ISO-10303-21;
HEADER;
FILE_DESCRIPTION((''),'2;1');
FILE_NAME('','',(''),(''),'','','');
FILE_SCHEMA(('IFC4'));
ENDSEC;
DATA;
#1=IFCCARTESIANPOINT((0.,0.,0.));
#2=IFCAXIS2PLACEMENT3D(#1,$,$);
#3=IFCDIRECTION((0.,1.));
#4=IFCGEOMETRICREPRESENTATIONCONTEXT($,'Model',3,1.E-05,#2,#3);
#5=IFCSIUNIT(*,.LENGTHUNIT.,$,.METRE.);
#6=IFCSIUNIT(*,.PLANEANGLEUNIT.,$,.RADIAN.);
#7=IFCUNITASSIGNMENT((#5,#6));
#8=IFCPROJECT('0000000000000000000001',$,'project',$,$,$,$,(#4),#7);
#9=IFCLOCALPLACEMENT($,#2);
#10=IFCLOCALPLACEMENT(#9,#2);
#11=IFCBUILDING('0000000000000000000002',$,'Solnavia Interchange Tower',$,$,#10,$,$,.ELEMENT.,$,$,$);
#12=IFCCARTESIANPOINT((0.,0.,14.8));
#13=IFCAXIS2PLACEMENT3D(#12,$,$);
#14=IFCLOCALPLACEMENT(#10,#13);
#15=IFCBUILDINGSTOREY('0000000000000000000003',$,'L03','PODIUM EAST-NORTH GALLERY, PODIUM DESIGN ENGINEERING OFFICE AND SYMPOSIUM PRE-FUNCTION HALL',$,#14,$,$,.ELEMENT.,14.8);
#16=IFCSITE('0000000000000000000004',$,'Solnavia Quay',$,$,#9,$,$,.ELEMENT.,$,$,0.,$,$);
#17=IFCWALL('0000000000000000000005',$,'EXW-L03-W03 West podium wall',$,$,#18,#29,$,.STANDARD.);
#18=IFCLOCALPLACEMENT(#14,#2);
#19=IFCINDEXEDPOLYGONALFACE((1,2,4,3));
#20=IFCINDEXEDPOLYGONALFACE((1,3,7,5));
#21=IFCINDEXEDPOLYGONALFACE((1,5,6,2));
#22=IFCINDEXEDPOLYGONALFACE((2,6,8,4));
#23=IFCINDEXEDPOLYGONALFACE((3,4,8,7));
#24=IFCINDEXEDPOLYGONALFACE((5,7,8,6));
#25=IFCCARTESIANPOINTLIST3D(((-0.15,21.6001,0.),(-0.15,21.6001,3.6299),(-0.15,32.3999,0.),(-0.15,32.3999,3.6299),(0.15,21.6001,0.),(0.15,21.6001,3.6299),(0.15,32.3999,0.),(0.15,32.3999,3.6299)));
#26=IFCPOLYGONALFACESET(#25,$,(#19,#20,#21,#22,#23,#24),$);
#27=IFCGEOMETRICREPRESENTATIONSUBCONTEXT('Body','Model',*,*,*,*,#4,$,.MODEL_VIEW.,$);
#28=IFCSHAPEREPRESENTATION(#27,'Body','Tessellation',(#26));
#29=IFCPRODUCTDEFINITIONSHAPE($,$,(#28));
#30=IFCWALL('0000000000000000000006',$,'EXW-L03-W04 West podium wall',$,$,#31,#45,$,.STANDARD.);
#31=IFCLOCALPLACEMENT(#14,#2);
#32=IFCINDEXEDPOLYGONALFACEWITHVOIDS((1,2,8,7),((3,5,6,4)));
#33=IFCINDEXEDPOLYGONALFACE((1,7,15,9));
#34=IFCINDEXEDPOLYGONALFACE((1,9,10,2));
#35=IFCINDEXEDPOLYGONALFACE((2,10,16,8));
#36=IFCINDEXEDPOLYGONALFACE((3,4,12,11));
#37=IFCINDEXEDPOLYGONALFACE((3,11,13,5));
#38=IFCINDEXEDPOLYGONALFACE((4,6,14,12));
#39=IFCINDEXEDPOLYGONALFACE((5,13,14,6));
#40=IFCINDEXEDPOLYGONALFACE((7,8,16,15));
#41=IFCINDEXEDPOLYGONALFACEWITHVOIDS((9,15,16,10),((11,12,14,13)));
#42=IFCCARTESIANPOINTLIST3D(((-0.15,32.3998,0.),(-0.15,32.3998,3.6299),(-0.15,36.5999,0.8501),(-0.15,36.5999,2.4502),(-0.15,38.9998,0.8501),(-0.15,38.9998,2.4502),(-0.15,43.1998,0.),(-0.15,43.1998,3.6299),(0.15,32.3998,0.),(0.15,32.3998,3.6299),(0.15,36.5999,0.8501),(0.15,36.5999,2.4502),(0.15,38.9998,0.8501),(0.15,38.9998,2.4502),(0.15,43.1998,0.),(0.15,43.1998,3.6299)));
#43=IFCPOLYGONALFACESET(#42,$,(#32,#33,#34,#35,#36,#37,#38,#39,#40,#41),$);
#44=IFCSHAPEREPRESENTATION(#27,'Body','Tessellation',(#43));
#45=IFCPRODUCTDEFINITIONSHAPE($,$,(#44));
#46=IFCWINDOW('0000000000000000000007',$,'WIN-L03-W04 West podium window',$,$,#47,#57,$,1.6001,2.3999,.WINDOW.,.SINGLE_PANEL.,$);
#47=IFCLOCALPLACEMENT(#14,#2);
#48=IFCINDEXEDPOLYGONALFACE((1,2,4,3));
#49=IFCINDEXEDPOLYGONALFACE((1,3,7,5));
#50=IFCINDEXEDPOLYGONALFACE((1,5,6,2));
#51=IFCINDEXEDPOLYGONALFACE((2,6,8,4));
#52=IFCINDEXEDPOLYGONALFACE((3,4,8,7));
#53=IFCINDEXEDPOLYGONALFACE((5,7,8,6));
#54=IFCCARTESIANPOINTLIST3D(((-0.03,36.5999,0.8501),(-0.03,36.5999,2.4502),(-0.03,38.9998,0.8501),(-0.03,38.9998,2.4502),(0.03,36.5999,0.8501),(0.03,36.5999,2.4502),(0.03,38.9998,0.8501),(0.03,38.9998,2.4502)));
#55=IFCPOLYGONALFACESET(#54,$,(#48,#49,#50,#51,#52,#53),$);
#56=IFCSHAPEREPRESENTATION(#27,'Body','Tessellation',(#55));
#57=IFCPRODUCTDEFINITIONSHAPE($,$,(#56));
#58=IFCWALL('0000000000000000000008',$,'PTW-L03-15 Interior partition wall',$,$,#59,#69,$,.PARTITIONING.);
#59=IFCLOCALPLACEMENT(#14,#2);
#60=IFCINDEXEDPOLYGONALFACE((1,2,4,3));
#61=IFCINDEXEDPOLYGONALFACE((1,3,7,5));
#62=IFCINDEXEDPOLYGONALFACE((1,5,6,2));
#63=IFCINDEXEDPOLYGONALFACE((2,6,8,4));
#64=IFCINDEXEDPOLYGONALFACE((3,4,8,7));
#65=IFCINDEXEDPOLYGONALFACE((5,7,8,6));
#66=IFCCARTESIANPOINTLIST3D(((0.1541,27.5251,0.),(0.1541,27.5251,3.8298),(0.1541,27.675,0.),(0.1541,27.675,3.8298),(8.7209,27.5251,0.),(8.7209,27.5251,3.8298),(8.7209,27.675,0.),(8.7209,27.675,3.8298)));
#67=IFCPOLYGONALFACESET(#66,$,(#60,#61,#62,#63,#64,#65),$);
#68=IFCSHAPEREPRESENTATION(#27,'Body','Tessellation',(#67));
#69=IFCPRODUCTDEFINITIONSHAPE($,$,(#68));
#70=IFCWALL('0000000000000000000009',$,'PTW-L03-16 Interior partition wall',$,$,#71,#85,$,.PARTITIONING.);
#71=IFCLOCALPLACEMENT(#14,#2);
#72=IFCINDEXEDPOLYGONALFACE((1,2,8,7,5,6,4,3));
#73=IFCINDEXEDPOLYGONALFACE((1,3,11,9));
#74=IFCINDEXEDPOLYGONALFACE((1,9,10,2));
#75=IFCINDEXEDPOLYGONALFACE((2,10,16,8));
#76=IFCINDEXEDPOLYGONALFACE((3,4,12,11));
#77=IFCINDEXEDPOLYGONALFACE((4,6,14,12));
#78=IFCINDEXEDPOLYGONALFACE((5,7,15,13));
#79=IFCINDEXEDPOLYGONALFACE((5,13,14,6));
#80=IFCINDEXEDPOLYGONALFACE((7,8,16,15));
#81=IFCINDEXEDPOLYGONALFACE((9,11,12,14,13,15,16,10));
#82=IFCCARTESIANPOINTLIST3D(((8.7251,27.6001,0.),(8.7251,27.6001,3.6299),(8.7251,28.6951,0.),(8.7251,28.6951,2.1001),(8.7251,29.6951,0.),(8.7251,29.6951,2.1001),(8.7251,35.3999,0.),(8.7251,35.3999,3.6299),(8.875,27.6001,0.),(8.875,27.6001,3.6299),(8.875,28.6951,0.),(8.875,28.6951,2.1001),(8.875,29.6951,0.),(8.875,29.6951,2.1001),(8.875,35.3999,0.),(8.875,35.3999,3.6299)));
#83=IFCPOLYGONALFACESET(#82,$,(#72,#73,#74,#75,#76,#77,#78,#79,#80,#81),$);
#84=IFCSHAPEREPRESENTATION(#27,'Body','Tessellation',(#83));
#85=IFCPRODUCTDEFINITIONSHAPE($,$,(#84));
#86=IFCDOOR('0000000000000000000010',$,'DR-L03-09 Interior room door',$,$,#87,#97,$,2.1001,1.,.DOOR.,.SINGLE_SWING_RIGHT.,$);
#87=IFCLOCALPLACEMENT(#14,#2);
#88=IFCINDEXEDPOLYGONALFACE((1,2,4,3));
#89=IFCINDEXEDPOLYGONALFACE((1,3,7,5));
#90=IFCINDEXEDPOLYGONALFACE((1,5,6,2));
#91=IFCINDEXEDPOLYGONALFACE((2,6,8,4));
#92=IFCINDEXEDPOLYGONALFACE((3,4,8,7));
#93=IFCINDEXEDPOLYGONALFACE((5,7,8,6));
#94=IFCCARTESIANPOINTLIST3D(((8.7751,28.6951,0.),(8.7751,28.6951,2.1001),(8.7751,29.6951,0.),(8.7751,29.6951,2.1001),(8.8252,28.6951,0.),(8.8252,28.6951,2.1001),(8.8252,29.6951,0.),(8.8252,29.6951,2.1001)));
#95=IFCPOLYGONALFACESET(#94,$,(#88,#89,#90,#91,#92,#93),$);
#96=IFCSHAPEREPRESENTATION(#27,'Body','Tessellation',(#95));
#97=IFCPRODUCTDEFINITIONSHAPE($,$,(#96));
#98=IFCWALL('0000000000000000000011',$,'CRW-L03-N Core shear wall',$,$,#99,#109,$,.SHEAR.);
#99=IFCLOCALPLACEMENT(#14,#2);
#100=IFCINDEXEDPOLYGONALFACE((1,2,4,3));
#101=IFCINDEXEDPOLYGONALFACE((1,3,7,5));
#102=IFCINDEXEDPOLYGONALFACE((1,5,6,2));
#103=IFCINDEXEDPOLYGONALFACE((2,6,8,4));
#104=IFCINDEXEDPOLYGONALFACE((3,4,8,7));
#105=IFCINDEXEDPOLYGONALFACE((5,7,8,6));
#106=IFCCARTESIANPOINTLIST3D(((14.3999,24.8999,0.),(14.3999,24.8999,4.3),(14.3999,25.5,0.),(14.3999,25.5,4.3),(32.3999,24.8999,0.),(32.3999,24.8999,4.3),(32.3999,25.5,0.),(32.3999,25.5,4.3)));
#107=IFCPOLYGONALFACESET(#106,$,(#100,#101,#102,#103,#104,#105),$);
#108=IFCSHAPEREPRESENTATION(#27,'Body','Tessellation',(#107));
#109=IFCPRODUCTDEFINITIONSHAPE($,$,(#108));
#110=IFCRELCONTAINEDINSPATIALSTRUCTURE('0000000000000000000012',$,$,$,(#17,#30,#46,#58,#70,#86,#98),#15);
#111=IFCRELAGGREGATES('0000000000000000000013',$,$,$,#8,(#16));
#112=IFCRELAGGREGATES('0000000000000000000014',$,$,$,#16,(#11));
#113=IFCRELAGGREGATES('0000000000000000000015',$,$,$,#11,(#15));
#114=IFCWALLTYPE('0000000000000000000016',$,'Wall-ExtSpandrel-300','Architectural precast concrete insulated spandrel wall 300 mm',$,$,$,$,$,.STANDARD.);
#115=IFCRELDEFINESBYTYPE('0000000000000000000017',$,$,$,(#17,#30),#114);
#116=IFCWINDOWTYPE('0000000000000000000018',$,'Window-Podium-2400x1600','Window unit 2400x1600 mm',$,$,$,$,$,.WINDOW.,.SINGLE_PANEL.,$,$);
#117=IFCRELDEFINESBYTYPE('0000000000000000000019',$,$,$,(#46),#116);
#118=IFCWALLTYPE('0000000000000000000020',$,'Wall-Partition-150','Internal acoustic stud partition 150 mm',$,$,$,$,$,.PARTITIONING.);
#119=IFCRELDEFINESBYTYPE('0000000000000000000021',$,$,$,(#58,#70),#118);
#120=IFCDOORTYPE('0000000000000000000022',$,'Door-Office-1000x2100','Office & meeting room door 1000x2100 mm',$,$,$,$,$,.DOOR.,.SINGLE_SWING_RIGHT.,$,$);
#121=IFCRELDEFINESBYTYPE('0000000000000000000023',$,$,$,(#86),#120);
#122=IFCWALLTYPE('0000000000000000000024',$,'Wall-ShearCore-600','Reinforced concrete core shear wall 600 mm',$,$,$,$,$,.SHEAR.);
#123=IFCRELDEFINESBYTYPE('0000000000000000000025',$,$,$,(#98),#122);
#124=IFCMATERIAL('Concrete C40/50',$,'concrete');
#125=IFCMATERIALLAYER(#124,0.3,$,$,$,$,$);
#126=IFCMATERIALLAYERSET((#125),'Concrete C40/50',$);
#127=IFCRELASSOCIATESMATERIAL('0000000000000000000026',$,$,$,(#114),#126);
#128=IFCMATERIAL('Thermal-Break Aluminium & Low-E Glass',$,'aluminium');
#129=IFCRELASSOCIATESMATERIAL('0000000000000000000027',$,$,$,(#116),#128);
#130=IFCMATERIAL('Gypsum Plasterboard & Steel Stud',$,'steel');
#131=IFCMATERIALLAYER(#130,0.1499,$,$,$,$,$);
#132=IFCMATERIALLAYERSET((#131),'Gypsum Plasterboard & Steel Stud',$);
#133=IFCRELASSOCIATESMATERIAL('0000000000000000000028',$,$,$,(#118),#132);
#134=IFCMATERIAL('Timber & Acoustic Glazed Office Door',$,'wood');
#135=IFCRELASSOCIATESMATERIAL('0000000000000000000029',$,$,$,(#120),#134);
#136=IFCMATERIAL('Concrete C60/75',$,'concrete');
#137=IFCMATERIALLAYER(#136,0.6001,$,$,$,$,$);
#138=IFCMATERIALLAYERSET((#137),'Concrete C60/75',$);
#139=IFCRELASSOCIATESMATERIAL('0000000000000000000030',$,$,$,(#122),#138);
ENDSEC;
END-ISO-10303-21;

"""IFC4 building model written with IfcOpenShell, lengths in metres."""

from ifc_helpers import new_model, si_unit, direction, frame, frame_2d, origin, place, context, subcontext, project, spatial, rectangle, extrude, material, layer, layer_set, type_object, element, fill, save


model = new_model("IFC4")

# Units and contexts
model_context = context("Model", 3, precision=1e-05, world=origin(), true_north=direction((0.0, 1.0)))
body_context = subcontext(model_context, "Body", "Model", "MODEL_VIEW")
ifc_project = project(units=[si_unit("LENGTHUNIT", "METRE"), si_unit("PLANEANGLEUNIT", "RADIAN")], contexts=[model_context])

# Site, building, storey
site_placement = place(None, origin())
site = spatial("IfcSite", under=ifc_project, at=site_placement, Name="Solnavia Quay", CompositionType="ELEMENT", RefElevation=0.0)
building_placement = place(site_placement, origin())
building = spatial("IfcBuilding", under=site, at=building_placement, Name="Solnavia Interchange Tower", CompositionType="ELEMENT")
storey_placement = place(building_placement, frame((0.0, 0.0, 14.8)))
storey = spatial("IfcBuildingStorey", under=building, at=storey_placement, Name="L03", Description="PODIUM EAST-NORTH GALLERY, PODIUM DESIGN ENGINEERING OFFICE AND SYMPOSIUM PRE-FUNCTION HALL", CompositionType="ELEMENT", Elevation=14.8)

# Shared definitions
ifc_material_1 = material(Name="Concrete C60/75", Category="concrete")

# Wall
ifc_material_2 = material(Name="Concrete C40/50", Category="concrete")
ifc_layer_1 = layer(ifc_material_2, 0.3)
ifc_layer_set_1 = layer_set([ifc_layer_1], Name="Concrete C40/50")
wall_type_1 = type_object("IfcWallType", Name="Wall-ExtSpandrel-300", Description="Architectural precast concrete insulated spandrel wall 300 mm", PredefinedType="STANDARD", material=ifc_layer_set_1)
wall_1_placement = place(storey_placement, frame((0.0, 21.6001, 0.0), z_axis=(0.0, 0.0, 1.0), x_axis=(0.0, 1.0, 0.0)))
element("IfcWall", 1, at=wall_1_placement, inside=storey, type_object=wall_type_1, Name="EXW-L03-W03 West podium wall", PredefinedType="STANDARD", context=body_context, shape_type="SweptSolid", body=[
    extrude(rectangle(XDim=10.7998, YDim=0.3, at=frame_2d((5.3999, 0.0))), origin(), (0.0, 0.0, 1.0), 3.6299),
])

# Wall, opening, window
wall_2_placement = place(storey_placement, frame((0.0, 32.3999, 0.0), z_axis=(0.0, 0.0, 1.0), x_axis=(0.0, 1.0, 0.0)))
wall_2 = element("IfcWall", 2, at=wall_2_placement, inside=storey, type_object=wall_type_1, Name="EXW-L03-W04 West podium wall", PredefinedType="STANDARD", context=body_context, shape_type="SweptSolid", body=[
    extrude(rectangle(XDim=10.8, YDim=0.3, at=frame_2d((5.3999, 0.0))), origin(), (0.0, 0.0, 1.0), 3.6299),
])
opening_1_placement = place(wall_2_placement, frame((4.2, 0.0, 0.8501)))
opening_1 = element("IfcOpeningElement", 3, at=opening_1_placement, cuts=wall_2, PredefinedType="OPENING", context=body_context, shape_type="SweptSolid", body=[
    extrude(rectangle(XDim=2.3999, YDim=1.6001, at=frame_2d((1.2, 0.8))), frame((0.0, 0.1602, 0.0), z_axis=(0.0, -1.0, 0.0), x_axis=(1.0, 0.0, 0.0)), (0.0, 0.0, 1.0), 0.3201),
])
ifc_material_3 = material(Name="Thermal-Break Aluminium & Low-E Glass", Category="aluminium")
window_type = type_object("IfcWindowType", Name="Window-Podium-2400x1600", Description="Window unit 2400x1600 mm", PartitioningType="SINGLE_PANEL", PredefinedType="WINDOW", material=ifc_material_3)
window_placement = place(opening_1_placement, origin())
window = element("IfcWindow", 4, at=window_placement, inside=storey, type_object=window_type, Name="WIN-L03-W04 West podium window", OverallHeight=1.6001, OverallWidth=2.3999, PartitioningType="SINGLE_PANEL", PredefinedType="WINDOW", context=body_context, shape_type="SweptSolid", body=[
    extrude(rectangle(XDim=2.3999, YDim=1.6001, at=frame_2d((1.2, 0.8))), frame((0.0, 0.03, 0.0), z_axis=(0.0, -1.0, 0.0), x_axis=(1.0, 0.0, 0.0)), (0.0, 0.0, 1.0), 0.0601),
])
fill(opening_1, window)

# Wall
ifc_material_4 = material(Name="Gypsum Plasterboard & Steel Stud", Category="steel")
ifc_layer_2 = layer(ifc_material_4, 0.1499)
ifc_layer_set_2 = layer_set([ifc_layer_2], Name="Gypsum Plasterboard & Steel Stud")
wall_type_2 = type_object("IfcWallType", Name="Wall-Partition-150", Description="Internal acoustic stud partition 150 mm", PredefinedType="PARTITIONING", material=ifc_layer_set_2)
wall_3_placement = place(storey_placement, frame((0.1541, 27.6001, 0.0), z_axis=(0.0, 0.0, 1.0), x_axis=(1.0, 0.0, 0.0)))
element("IfcWall", 5, at=wall_3_placement, inside=storey, type_object=wall_type_2, Name="PTW-L03-15 Interior partition wall", PredefinedType="PARTITIONING", context=body_context, shape_type="SweptSolid", body=[
    extrude(rectangle(XDim=8.5669, YDim=0.1499, at=frame_2d((4.2834, 0.0))), origin(), (0.0, 0.0, 1.0), 3.8298),
])

# Wall, opening, door
wall_4_placement = place(storey_placement, frame((8.8, 27.6001, 0.0), z_axis=(0.0, 0.0, 1.0), x_axis=(0.0, 1.0, 0.0)))
wall_4 = element("IfcWall", 6, at=wall_4_placement, inside=storey, type_object=wall_type_2, Name="PTW-L03-16 Interior partition wall", PredefinedType="PARTITIONING", context=body_context, shape_type="SweptSolid", body=[
    extrude(rectangle(XDim=7.7998, YDim=0.1499, at=frame_2d((3.8999, 0.0))), origin(), (0.0, 0.0, 1.0), 3.6299),
])
opening_2_placement = place(wall_4_placement, frame((1.095, 0.0, 0.0)))
opening_2 = element("IfcOpeningElement", 7, at=opening_2_placement, cuts=wall_4, PredefinedType="OPENING", context=body_context, shape_type="SweptSolid", body=[
    extrude(rectangle(XDim=1.0, YDim=2.1001, at=frame_2d((0.5, 1.05))), frame((0.0, 0.085, 0.0), z_axis=(0.0, -1.0, 0.0), x_axis=(1.0, 0.0, 0.0)), (0.0, 0.0, 1.0), 0.1699),
])
ifc_material_5 = material(Name="Timber & Acoustic Glazed Office Door", Category="wood")
door_type = type_object("IfcDoorType", Name="Door-Office-1000x2100", Description="Office & meeting room door 1000x2100 mm", OperationType="SINGLE_SWING_RIGHT", PredefinedType="DOOR", material=ifc_material_5)
door_placement = place(opening_2_placement, origin())
door = element("IfcDoor", 8, at=door_placement, inside=storey, type_object=door_type, Name="DR-L03-09 Interior room door", OperationType="SINGLE_SWING_RIGHT", OverallHeight=2.1001, OverallWidth=1.0, PredefinedType="DOOR", context=body_context, shape_type="SweptSolid", body=[
    extrude(rectangle(XDim=1.0, YDim=2.1001, at=frame_2d((0.5, 1.05))), frame((0.0, 0.0249, 0.0), z_axis=(0.0, -1.0, 0.0), x_axis=(1.0, 0.0, 0.0)), (0.0, 0.0, 1.0), 0.05),
])
fill(opening_2, door)

# Wall
ifc_layer_3 = layer(ifc_material_1, 0.6001)
ifc_layer_set_3 = layer_set([ifc_layer_3], Name="Concrete C60/75")
wall_type_3 = type_object("IfcWallType", Name="Wall-ShearCore-600", Description="Reinforced concrete core shear wall 600 mm", PredefinedType="SHEAR", material=ifc_layer_set_3)
wall_5_placement = place(storey_placement, frame((14.3999, 25.2, 0.0), z_axis=(0.0, 0.0, 1.0), x_axis=(1.0, 0.0, 0.0)))
element("IfcWall", 9, at=wall_5_placement, inside=storey, type_object=wall_type_3, Name="CRW-L03-N Core shear wall", PredefinedType="SHEAR", context=body_context, shape_type="SweptSolid", body=[
    extrude(rectangle(XDim=18.0, YDim=0.6001, at=frame_2d((9.0, 0.0))), origin(), (0.0, 0.0, 1.0), 4.3),
])

save(model, "model.ifc")
